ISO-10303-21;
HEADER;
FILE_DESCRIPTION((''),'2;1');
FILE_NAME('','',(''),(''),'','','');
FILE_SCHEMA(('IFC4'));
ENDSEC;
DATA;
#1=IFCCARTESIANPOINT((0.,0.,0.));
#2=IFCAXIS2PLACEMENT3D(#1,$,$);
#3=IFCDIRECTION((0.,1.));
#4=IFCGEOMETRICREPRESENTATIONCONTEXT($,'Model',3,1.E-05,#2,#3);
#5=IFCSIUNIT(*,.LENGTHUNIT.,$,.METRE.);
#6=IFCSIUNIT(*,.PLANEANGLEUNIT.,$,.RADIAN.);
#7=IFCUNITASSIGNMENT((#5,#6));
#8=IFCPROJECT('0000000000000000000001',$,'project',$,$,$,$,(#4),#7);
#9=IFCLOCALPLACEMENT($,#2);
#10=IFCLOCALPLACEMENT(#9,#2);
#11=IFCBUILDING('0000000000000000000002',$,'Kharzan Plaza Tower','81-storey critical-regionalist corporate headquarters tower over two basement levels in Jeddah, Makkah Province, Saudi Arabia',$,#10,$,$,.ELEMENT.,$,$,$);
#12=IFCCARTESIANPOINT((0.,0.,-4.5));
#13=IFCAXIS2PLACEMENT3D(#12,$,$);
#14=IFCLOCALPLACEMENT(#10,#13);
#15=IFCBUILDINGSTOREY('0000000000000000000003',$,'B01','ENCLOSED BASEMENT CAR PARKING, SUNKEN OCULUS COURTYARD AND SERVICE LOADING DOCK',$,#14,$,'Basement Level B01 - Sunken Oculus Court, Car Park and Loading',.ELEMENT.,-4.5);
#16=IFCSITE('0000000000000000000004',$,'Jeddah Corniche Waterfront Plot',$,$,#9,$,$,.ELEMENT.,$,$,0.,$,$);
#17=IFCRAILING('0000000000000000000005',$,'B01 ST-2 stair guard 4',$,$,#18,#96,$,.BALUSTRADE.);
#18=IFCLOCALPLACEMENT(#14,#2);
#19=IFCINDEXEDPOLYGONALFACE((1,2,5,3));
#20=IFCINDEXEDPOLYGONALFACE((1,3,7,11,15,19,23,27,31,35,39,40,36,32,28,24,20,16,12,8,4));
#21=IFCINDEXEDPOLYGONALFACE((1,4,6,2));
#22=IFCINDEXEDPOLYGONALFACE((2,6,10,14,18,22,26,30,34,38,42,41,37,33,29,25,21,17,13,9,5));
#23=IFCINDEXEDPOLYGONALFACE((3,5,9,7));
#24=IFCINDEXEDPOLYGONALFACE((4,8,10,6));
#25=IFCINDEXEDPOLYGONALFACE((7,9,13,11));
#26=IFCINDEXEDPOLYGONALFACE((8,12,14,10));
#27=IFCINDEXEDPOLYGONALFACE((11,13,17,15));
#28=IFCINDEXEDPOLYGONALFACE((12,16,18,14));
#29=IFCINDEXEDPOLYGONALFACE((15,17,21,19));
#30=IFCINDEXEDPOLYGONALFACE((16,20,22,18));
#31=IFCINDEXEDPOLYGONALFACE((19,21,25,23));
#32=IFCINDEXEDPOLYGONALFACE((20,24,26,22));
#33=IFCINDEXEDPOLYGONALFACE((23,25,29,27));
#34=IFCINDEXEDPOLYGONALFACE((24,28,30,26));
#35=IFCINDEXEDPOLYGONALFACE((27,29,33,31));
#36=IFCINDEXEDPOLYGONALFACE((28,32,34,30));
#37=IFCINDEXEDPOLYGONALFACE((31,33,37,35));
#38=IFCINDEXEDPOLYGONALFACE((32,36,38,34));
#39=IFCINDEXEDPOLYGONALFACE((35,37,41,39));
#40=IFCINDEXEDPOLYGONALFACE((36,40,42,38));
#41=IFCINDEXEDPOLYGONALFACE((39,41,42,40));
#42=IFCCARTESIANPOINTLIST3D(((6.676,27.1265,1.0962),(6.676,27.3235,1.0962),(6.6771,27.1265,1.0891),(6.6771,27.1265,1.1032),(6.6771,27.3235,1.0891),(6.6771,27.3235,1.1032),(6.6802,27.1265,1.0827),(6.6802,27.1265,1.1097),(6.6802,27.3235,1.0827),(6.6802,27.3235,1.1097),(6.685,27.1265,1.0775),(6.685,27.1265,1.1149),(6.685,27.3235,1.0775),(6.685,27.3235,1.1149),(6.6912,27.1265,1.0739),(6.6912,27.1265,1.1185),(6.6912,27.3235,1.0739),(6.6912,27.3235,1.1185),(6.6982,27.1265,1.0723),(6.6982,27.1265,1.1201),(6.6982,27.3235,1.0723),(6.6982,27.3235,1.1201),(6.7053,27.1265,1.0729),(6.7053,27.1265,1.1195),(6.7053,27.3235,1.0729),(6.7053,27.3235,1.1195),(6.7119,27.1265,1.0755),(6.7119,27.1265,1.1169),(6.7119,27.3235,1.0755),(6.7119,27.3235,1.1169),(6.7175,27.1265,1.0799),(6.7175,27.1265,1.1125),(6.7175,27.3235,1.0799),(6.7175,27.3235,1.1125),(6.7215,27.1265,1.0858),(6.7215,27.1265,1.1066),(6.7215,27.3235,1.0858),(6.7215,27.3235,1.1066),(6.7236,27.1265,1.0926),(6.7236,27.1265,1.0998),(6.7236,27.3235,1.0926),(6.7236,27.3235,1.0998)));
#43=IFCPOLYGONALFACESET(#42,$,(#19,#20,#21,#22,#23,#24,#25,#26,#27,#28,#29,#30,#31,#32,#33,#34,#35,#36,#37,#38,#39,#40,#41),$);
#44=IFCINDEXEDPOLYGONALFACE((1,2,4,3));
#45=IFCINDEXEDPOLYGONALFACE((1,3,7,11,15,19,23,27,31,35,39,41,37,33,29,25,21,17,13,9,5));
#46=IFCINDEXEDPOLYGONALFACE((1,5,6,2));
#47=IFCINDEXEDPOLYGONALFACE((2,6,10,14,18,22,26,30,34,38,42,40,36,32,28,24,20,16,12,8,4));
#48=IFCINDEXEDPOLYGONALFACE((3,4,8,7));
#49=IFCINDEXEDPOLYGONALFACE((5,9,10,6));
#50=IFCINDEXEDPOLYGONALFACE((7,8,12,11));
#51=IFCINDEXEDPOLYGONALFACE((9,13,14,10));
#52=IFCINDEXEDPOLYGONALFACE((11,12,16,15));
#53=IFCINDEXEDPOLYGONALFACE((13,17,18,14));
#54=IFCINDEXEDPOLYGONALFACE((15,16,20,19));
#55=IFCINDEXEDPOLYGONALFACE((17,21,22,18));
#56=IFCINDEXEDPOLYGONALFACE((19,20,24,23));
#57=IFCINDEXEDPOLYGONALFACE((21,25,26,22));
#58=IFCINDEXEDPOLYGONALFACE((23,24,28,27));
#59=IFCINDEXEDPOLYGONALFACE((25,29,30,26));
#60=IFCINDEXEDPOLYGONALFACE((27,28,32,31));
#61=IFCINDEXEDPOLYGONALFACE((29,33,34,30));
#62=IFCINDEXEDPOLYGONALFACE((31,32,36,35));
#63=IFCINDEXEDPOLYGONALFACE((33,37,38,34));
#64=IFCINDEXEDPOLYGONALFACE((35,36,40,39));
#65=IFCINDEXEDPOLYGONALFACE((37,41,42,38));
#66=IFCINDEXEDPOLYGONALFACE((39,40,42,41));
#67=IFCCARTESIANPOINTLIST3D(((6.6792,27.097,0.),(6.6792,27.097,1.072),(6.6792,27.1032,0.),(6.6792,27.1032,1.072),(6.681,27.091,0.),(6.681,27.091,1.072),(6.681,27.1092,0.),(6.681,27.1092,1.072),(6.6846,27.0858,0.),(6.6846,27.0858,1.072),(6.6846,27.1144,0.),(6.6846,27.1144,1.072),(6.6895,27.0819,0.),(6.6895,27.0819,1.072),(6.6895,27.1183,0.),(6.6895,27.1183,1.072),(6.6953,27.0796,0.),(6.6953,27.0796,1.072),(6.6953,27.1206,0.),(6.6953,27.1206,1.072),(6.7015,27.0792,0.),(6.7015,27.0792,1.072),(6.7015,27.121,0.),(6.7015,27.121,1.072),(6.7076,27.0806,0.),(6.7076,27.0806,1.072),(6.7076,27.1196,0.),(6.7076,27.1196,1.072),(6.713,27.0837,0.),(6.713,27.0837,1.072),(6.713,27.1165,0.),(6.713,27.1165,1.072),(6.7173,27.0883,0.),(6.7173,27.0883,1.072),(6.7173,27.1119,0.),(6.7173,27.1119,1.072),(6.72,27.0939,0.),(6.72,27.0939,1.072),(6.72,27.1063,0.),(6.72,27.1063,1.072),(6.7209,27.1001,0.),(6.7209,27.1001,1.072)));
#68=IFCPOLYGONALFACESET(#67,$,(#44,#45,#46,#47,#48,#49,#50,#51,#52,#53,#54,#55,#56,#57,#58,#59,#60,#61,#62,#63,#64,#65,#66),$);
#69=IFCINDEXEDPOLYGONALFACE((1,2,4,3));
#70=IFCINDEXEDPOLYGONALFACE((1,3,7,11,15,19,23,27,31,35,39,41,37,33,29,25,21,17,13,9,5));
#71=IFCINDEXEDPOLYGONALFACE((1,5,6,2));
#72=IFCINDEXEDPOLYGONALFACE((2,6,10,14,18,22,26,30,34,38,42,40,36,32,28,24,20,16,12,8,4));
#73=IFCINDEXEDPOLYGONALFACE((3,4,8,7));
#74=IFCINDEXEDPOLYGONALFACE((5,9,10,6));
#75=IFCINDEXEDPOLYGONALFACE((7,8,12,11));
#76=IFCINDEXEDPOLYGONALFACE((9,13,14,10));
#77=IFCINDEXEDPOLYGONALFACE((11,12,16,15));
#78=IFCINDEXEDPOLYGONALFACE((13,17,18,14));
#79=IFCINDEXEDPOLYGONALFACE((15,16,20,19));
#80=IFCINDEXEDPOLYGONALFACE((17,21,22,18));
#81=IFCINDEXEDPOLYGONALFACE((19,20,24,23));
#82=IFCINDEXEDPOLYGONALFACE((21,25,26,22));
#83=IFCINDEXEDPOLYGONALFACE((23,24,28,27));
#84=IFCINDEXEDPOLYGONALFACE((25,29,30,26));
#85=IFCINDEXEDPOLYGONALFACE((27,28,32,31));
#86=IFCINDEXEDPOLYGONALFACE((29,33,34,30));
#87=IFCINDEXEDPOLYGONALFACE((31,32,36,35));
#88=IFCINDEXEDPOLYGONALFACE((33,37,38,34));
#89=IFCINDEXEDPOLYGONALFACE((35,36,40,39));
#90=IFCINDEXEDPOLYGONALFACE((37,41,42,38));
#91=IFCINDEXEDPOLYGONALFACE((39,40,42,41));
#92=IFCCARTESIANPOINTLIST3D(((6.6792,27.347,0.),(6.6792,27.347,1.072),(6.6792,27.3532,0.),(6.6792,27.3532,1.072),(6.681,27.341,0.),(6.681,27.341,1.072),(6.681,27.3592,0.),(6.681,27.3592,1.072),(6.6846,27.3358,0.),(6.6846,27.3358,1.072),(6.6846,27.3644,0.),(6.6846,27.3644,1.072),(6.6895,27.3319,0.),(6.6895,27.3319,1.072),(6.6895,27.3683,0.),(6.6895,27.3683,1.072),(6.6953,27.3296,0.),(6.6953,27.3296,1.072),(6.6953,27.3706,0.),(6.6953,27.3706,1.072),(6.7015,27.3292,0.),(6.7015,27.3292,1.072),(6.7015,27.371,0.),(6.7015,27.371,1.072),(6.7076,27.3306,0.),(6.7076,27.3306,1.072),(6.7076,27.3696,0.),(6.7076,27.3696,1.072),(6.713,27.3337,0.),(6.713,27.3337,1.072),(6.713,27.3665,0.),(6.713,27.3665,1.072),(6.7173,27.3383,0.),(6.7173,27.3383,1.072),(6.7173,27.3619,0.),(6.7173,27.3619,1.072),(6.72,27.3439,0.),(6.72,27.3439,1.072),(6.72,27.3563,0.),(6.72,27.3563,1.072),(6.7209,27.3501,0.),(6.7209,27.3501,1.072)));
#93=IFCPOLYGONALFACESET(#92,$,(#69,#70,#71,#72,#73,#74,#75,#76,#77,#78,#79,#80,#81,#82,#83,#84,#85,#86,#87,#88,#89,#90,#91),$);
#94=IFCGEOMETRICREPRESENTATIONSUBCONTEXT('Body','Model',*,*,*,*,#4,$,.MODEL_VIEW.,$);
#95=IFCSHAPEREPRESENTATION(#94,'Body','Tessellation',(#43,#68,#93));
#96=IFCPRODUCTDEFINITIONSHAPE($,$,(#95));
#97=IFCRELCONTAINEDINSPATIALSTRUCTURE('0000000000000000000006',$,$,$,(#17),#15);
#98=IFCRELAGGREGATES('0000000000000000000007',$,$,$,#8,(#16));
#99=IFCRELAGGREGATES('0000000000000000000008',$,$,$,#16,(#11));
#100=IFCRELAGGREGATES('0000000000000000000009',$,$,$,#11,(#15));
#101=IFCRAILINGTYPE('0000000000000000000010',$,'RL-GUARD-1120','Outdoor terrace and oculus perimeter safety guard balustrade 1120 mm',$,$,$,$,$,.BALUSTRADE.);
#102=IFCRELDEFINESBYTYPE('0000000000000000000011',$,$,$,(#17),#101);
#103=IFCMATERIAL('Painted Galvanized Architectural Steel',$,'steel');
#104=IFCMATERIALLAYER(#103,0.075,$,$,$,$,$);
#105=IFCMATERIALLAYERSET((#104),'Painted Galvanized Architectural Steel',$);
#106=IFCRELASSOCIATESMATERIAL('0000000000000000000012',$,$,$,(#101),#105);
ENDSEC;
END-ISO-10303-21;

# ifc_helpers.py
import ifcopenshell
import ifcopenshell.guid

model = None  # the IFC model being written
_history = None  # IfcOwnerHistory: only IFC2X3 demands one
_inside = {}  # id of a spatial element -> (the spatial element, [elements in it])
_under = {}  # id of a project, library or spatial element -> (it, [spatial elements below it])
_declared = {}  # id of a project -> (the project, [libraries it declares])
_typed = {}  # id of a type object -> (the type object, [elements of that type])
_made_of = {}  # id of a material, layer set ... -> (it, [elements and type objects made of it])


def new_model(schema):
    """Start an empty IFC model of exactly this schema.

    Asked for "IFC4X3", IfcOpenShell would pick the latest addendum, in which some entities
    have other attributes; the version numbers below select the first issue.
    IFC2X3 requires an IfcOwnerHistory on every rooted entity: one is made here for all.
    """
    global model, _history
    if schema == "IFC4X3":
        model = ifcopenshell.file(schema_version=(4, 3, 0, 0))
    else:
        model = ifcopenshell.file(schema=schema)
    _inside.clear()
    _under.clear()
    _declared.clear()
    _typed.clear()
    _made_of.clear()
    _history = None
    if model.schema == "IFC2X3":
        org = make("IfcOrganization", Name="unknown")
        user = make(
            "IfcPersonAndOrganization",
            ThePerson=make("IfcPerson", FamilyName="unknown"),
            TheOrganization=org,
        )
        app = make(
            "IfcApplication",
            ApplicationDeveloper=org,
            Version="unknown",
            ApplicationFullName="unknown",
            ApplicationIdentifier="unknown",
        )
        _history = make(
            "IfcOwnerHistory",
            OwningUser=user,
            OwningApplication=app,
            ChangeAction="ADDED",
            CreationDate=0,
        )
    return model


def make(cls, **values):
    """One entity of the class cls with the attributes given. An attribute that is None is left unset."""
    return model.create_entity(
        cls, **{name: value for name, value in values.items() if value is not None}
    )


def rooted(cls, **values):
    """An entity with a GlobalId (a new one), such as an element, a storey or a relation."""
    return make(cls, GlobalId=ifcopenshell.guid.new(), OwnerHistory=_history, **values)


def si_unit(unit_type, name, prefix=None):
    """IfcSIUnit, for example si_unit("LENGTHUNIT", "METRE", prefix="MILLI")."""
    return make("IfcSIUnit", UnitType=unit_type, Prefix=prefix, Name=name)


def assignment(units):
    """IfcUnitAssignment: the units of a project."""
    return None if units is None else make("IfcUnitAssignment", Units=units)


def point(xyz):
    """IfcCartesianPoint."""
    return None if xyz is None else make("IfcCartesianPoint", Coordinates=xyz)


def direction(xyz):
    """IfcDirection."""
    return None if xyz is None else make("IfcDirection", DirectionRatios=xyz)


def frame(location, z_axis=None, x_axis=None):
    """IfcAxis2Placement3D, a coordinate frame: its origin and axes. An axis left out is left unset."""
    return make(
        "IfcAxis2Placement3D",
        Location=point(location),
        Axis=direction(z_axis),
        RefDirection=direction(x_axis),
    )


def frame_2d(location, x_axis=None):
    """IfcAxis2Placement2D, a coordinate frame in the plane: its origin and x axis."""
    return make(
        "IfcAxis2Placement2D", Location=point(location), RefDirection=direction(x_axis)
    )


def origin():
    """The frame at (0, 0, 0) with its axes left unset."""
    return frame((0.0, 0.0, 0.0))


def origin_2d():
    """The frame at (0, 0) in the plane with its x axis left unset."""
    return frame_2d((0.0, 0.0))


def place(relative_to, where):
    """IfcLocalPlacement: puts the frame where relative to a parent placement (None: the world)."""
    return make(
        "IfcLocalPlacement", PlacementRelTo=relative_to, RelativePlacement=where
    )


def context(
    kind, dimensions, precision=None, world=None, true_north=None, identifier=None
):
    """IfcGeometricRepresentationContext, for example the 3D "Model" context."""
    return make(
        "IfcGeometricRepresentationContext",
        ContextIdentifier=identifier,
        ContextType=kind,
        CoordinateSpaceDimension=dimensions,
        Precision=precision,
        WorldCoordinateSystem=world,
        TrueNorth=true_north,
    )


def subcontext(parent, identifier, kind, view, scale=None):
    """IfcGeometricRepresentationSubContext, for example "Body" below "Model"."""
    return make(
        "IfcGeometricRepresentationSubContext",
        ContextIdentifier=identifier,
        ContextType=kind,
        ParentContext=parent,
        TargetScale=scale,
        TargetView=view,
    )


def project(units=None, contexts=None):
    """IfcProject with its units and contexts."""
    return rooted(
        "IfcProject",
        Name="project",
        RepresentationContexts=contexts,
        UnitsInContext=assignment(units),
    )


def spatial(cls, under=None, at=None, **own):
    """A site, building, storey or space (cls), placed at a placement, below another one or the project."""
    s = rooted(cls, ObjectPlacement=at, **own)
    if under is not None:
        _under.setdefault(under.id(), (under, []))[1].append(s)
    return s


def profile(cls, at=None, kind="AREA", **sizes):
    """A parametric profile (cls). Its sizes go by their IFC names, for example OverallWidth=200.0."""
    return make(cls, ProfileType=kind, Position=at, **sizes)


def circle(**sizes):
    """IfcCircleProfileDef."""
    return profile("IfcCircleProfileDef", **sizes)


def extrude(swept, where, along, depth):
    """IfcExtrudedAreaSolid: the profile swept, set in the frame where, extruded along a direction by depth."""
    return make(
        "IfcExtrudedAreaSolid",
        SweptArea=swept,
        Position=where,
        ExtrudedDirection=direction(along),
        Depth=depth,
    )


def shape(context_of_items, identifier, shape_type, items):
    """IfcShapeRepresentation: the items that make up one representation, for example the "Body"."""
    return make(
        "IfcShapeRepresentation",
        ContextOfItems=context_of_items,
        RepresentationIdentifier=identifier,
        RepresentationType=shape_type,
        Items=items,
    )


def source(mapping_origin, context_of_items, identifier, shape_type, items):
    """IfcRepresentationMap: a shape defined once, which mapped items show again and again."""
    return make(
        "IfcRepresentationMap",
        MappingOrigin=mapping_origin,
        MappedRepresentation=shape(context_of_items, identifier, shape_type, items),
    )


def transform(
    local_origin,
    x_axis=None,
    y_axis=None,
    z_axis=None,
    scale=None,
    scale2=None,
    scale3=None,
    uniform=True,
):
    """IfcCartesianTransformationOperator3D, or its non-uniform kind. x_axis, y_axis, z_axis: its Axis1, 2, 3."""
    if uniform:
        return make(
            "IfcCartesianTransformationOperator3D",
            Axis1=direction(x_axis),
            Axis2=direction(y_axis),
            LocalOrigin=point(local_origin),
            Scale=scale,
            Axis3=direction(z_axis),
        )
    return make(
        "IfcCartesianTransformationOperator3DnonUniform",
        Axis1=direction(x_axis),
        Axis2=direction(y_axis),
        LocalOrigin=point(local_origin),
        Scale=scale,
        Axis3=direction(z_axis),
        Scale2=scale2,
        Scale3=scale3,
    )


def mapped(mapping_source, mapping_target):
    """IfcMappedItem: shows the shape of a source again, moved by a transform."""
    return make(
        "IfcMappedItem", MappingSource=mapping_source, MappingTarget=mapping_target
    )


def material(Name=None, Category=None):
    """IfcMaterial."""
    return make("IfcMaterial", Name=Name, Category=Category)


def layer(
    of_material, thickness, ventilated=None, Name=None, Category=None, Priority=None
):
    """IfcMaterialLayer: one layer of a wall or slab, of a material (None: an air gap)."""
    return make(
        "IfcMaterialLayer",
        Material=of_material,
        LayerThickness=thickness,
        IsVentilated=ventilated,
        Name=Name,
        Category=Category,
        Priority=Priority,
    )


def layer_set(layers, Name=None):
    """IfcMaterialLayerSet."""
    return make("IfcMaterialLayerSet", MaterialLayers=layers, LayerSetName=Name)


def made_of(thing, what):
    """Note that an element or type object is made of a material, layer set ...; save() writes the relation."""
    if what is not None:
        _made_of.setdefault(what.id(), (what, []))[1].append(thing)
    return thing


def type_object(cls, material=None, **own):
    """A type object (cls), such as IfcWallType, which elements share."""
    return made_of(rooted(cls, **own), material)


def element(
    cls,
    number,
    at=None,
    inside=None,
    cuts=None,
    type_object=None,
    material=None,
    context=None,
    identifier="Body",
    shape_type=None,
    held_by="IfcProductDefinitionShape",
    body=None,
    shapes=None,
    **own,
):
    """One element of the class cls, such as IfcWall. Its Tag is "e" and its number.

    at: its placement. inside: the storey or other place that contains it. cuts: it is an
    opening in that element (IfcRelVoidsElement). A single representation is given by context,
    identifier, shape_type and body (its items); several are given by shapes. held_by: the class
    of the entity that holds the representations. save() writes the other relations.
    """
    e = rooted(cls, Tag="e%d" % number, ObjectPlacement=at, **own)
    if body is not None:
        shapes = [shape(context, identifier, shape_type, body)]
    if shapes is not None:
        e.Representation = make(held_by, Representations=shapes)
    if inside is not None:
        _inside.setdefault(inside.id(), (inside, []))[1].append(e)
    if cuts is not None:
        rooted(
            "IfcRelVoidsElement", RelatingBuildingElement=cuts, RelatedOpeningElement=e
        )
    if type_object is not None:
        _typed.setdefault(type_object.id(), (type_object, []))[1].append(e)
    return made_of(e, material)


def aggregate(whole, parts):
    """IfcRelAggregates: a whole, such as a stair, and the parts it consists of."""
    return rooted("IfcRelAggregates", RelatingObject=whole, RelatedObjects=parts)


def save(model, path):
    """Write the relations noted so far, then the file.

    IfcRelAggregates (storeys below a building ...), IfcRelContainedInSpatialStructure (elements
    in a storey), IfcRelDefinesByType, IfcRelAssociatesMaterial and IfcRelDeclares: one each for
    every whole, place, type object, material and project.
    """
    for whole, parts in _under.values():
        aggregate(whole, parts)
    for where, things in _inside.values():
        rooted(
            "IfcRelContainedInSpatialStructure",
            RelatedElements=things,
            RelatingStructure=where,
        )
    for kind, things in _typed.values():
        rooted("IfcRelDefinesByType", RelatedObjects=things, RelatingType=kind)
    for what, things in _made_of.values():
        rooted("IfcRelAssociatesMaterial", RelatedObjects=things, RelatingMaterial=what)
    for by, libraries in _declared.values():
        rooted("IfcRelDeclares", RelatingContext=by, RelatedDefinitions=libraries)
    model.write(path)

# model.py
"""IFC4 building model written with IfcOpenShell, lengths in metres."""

from ifc_helpers import new_model, si_unit, direction, frame, origin, origin_2d, place, context, subcontext, project, spatial, circle, extrude, source, transform, mapped, material, layer, layer_set, type_object, element, save


model = new_model("IFC4")

# Units and contexts
model_context = context("Model", 3, precision=1e-05, world=origin(), true_north=direction((0.0, 1.0)))
body_context = subcontext(model_context, "Body", "Model", "MODEL_VIEW")
ifc_project = project(units=[si_unit("LENGTHUNIT", "METRE"), si_unit("PLANEANGLEUNIT", "RADIAN")], contexts=[model_context])

# Site, building, storey
site_placement = place(None, origin())
site = spatial("IfcSite", under=ifc_project, at=site_placement, Name="Jeddah Corniche Waterfront Plot", CompositionType="ELEMENT", RefElevation=0.0)
building_placement = place(site_placement, origin())
building = spatial("IfcBuilding", under=site, at=building_placement, Name="Kharzan Plaza Tower", Description="81-storey critical-regionalist corporate headquarters tower over two basement levels in Jeddah, Makkah Province, Saudi Arabia", CompositionType="ELEMENT")
storey_placement = place(building_placement, frame((0.0, 0.0, -4.5)))
storey = spatial("IfcBuildingStorey", under=building, at=storey_placement, Name="B01", Description="ENCLOSED BASEMENT CAR PARKING, SUNKEN OCULUS COURTYARD AND SERVICE LOADING DOCK", LongName="Basement Level B01 - Sunken Oculus Court, Car Park and Loading", CompositionType="ELEMENT", Elevation=-4.5)

# Railing
ifc_material_1 = material(Name="Painted Galvanized Architectural Steel", Category="steel")
ifc_layer_1 = layer(ifc_material_1, 0.075)
ifc_layer_set_1 = layer_set([ifc_layer_1], Name="Painted Galvanized Architectural Steel")
railing_type_1 = type_object("IfcRailingType", Name="RL-GUARD-1120", Description="Outdoor terrace and oculus perimeter safety guard balustrade 1120 mm", PredefinedType="BALUSTRADE", material=ifc_layer_set_1)
shared_shape_1 = source(origin(), body_context, "Body", "SweptSolid", [
    extrude(circle(Radius=0.0239, at=origin_2d()), frame((0.0, 0.0264, 1.0962), z_axis=(0.0, 1.0, 0.0), x_axis=(-1.0, 0.0, 0.0)), (0.0, 0.0, 1.0), 0.197),
    extrude(circle(Radius=0.021, at=origin_2d()), origin(), (0.0, 0.0, 1.0), 1.072),
    extrude(circle(Radius=0.021, at=origin_2d()), frame((0.0, 0.25, 0.0)), (0.0, 0.0, 1.0), 1.072),
])
railing_1_placement = place(storey_placement, frame((6.7, 27.1001, 0.0)))
element("IfcRailing", 1, at=railing_1_placement, inside=storey, type_object=railing_type_1, Name="B01 ST-2 stair guard 4", PredefinedType="BALUSTRADE", context=body_context, shape_type="MappedRepresentation", body=[
    mapped(shared_shape_1, transform((0.0, 0.0, 0.0), x_axis=(1.0, 0.0, 0.0), y_axis=(0.0, 1.0, 0.0), z_axis=(0.0, 0.0, 1.0))),
])

save(model, "model.ifc")
